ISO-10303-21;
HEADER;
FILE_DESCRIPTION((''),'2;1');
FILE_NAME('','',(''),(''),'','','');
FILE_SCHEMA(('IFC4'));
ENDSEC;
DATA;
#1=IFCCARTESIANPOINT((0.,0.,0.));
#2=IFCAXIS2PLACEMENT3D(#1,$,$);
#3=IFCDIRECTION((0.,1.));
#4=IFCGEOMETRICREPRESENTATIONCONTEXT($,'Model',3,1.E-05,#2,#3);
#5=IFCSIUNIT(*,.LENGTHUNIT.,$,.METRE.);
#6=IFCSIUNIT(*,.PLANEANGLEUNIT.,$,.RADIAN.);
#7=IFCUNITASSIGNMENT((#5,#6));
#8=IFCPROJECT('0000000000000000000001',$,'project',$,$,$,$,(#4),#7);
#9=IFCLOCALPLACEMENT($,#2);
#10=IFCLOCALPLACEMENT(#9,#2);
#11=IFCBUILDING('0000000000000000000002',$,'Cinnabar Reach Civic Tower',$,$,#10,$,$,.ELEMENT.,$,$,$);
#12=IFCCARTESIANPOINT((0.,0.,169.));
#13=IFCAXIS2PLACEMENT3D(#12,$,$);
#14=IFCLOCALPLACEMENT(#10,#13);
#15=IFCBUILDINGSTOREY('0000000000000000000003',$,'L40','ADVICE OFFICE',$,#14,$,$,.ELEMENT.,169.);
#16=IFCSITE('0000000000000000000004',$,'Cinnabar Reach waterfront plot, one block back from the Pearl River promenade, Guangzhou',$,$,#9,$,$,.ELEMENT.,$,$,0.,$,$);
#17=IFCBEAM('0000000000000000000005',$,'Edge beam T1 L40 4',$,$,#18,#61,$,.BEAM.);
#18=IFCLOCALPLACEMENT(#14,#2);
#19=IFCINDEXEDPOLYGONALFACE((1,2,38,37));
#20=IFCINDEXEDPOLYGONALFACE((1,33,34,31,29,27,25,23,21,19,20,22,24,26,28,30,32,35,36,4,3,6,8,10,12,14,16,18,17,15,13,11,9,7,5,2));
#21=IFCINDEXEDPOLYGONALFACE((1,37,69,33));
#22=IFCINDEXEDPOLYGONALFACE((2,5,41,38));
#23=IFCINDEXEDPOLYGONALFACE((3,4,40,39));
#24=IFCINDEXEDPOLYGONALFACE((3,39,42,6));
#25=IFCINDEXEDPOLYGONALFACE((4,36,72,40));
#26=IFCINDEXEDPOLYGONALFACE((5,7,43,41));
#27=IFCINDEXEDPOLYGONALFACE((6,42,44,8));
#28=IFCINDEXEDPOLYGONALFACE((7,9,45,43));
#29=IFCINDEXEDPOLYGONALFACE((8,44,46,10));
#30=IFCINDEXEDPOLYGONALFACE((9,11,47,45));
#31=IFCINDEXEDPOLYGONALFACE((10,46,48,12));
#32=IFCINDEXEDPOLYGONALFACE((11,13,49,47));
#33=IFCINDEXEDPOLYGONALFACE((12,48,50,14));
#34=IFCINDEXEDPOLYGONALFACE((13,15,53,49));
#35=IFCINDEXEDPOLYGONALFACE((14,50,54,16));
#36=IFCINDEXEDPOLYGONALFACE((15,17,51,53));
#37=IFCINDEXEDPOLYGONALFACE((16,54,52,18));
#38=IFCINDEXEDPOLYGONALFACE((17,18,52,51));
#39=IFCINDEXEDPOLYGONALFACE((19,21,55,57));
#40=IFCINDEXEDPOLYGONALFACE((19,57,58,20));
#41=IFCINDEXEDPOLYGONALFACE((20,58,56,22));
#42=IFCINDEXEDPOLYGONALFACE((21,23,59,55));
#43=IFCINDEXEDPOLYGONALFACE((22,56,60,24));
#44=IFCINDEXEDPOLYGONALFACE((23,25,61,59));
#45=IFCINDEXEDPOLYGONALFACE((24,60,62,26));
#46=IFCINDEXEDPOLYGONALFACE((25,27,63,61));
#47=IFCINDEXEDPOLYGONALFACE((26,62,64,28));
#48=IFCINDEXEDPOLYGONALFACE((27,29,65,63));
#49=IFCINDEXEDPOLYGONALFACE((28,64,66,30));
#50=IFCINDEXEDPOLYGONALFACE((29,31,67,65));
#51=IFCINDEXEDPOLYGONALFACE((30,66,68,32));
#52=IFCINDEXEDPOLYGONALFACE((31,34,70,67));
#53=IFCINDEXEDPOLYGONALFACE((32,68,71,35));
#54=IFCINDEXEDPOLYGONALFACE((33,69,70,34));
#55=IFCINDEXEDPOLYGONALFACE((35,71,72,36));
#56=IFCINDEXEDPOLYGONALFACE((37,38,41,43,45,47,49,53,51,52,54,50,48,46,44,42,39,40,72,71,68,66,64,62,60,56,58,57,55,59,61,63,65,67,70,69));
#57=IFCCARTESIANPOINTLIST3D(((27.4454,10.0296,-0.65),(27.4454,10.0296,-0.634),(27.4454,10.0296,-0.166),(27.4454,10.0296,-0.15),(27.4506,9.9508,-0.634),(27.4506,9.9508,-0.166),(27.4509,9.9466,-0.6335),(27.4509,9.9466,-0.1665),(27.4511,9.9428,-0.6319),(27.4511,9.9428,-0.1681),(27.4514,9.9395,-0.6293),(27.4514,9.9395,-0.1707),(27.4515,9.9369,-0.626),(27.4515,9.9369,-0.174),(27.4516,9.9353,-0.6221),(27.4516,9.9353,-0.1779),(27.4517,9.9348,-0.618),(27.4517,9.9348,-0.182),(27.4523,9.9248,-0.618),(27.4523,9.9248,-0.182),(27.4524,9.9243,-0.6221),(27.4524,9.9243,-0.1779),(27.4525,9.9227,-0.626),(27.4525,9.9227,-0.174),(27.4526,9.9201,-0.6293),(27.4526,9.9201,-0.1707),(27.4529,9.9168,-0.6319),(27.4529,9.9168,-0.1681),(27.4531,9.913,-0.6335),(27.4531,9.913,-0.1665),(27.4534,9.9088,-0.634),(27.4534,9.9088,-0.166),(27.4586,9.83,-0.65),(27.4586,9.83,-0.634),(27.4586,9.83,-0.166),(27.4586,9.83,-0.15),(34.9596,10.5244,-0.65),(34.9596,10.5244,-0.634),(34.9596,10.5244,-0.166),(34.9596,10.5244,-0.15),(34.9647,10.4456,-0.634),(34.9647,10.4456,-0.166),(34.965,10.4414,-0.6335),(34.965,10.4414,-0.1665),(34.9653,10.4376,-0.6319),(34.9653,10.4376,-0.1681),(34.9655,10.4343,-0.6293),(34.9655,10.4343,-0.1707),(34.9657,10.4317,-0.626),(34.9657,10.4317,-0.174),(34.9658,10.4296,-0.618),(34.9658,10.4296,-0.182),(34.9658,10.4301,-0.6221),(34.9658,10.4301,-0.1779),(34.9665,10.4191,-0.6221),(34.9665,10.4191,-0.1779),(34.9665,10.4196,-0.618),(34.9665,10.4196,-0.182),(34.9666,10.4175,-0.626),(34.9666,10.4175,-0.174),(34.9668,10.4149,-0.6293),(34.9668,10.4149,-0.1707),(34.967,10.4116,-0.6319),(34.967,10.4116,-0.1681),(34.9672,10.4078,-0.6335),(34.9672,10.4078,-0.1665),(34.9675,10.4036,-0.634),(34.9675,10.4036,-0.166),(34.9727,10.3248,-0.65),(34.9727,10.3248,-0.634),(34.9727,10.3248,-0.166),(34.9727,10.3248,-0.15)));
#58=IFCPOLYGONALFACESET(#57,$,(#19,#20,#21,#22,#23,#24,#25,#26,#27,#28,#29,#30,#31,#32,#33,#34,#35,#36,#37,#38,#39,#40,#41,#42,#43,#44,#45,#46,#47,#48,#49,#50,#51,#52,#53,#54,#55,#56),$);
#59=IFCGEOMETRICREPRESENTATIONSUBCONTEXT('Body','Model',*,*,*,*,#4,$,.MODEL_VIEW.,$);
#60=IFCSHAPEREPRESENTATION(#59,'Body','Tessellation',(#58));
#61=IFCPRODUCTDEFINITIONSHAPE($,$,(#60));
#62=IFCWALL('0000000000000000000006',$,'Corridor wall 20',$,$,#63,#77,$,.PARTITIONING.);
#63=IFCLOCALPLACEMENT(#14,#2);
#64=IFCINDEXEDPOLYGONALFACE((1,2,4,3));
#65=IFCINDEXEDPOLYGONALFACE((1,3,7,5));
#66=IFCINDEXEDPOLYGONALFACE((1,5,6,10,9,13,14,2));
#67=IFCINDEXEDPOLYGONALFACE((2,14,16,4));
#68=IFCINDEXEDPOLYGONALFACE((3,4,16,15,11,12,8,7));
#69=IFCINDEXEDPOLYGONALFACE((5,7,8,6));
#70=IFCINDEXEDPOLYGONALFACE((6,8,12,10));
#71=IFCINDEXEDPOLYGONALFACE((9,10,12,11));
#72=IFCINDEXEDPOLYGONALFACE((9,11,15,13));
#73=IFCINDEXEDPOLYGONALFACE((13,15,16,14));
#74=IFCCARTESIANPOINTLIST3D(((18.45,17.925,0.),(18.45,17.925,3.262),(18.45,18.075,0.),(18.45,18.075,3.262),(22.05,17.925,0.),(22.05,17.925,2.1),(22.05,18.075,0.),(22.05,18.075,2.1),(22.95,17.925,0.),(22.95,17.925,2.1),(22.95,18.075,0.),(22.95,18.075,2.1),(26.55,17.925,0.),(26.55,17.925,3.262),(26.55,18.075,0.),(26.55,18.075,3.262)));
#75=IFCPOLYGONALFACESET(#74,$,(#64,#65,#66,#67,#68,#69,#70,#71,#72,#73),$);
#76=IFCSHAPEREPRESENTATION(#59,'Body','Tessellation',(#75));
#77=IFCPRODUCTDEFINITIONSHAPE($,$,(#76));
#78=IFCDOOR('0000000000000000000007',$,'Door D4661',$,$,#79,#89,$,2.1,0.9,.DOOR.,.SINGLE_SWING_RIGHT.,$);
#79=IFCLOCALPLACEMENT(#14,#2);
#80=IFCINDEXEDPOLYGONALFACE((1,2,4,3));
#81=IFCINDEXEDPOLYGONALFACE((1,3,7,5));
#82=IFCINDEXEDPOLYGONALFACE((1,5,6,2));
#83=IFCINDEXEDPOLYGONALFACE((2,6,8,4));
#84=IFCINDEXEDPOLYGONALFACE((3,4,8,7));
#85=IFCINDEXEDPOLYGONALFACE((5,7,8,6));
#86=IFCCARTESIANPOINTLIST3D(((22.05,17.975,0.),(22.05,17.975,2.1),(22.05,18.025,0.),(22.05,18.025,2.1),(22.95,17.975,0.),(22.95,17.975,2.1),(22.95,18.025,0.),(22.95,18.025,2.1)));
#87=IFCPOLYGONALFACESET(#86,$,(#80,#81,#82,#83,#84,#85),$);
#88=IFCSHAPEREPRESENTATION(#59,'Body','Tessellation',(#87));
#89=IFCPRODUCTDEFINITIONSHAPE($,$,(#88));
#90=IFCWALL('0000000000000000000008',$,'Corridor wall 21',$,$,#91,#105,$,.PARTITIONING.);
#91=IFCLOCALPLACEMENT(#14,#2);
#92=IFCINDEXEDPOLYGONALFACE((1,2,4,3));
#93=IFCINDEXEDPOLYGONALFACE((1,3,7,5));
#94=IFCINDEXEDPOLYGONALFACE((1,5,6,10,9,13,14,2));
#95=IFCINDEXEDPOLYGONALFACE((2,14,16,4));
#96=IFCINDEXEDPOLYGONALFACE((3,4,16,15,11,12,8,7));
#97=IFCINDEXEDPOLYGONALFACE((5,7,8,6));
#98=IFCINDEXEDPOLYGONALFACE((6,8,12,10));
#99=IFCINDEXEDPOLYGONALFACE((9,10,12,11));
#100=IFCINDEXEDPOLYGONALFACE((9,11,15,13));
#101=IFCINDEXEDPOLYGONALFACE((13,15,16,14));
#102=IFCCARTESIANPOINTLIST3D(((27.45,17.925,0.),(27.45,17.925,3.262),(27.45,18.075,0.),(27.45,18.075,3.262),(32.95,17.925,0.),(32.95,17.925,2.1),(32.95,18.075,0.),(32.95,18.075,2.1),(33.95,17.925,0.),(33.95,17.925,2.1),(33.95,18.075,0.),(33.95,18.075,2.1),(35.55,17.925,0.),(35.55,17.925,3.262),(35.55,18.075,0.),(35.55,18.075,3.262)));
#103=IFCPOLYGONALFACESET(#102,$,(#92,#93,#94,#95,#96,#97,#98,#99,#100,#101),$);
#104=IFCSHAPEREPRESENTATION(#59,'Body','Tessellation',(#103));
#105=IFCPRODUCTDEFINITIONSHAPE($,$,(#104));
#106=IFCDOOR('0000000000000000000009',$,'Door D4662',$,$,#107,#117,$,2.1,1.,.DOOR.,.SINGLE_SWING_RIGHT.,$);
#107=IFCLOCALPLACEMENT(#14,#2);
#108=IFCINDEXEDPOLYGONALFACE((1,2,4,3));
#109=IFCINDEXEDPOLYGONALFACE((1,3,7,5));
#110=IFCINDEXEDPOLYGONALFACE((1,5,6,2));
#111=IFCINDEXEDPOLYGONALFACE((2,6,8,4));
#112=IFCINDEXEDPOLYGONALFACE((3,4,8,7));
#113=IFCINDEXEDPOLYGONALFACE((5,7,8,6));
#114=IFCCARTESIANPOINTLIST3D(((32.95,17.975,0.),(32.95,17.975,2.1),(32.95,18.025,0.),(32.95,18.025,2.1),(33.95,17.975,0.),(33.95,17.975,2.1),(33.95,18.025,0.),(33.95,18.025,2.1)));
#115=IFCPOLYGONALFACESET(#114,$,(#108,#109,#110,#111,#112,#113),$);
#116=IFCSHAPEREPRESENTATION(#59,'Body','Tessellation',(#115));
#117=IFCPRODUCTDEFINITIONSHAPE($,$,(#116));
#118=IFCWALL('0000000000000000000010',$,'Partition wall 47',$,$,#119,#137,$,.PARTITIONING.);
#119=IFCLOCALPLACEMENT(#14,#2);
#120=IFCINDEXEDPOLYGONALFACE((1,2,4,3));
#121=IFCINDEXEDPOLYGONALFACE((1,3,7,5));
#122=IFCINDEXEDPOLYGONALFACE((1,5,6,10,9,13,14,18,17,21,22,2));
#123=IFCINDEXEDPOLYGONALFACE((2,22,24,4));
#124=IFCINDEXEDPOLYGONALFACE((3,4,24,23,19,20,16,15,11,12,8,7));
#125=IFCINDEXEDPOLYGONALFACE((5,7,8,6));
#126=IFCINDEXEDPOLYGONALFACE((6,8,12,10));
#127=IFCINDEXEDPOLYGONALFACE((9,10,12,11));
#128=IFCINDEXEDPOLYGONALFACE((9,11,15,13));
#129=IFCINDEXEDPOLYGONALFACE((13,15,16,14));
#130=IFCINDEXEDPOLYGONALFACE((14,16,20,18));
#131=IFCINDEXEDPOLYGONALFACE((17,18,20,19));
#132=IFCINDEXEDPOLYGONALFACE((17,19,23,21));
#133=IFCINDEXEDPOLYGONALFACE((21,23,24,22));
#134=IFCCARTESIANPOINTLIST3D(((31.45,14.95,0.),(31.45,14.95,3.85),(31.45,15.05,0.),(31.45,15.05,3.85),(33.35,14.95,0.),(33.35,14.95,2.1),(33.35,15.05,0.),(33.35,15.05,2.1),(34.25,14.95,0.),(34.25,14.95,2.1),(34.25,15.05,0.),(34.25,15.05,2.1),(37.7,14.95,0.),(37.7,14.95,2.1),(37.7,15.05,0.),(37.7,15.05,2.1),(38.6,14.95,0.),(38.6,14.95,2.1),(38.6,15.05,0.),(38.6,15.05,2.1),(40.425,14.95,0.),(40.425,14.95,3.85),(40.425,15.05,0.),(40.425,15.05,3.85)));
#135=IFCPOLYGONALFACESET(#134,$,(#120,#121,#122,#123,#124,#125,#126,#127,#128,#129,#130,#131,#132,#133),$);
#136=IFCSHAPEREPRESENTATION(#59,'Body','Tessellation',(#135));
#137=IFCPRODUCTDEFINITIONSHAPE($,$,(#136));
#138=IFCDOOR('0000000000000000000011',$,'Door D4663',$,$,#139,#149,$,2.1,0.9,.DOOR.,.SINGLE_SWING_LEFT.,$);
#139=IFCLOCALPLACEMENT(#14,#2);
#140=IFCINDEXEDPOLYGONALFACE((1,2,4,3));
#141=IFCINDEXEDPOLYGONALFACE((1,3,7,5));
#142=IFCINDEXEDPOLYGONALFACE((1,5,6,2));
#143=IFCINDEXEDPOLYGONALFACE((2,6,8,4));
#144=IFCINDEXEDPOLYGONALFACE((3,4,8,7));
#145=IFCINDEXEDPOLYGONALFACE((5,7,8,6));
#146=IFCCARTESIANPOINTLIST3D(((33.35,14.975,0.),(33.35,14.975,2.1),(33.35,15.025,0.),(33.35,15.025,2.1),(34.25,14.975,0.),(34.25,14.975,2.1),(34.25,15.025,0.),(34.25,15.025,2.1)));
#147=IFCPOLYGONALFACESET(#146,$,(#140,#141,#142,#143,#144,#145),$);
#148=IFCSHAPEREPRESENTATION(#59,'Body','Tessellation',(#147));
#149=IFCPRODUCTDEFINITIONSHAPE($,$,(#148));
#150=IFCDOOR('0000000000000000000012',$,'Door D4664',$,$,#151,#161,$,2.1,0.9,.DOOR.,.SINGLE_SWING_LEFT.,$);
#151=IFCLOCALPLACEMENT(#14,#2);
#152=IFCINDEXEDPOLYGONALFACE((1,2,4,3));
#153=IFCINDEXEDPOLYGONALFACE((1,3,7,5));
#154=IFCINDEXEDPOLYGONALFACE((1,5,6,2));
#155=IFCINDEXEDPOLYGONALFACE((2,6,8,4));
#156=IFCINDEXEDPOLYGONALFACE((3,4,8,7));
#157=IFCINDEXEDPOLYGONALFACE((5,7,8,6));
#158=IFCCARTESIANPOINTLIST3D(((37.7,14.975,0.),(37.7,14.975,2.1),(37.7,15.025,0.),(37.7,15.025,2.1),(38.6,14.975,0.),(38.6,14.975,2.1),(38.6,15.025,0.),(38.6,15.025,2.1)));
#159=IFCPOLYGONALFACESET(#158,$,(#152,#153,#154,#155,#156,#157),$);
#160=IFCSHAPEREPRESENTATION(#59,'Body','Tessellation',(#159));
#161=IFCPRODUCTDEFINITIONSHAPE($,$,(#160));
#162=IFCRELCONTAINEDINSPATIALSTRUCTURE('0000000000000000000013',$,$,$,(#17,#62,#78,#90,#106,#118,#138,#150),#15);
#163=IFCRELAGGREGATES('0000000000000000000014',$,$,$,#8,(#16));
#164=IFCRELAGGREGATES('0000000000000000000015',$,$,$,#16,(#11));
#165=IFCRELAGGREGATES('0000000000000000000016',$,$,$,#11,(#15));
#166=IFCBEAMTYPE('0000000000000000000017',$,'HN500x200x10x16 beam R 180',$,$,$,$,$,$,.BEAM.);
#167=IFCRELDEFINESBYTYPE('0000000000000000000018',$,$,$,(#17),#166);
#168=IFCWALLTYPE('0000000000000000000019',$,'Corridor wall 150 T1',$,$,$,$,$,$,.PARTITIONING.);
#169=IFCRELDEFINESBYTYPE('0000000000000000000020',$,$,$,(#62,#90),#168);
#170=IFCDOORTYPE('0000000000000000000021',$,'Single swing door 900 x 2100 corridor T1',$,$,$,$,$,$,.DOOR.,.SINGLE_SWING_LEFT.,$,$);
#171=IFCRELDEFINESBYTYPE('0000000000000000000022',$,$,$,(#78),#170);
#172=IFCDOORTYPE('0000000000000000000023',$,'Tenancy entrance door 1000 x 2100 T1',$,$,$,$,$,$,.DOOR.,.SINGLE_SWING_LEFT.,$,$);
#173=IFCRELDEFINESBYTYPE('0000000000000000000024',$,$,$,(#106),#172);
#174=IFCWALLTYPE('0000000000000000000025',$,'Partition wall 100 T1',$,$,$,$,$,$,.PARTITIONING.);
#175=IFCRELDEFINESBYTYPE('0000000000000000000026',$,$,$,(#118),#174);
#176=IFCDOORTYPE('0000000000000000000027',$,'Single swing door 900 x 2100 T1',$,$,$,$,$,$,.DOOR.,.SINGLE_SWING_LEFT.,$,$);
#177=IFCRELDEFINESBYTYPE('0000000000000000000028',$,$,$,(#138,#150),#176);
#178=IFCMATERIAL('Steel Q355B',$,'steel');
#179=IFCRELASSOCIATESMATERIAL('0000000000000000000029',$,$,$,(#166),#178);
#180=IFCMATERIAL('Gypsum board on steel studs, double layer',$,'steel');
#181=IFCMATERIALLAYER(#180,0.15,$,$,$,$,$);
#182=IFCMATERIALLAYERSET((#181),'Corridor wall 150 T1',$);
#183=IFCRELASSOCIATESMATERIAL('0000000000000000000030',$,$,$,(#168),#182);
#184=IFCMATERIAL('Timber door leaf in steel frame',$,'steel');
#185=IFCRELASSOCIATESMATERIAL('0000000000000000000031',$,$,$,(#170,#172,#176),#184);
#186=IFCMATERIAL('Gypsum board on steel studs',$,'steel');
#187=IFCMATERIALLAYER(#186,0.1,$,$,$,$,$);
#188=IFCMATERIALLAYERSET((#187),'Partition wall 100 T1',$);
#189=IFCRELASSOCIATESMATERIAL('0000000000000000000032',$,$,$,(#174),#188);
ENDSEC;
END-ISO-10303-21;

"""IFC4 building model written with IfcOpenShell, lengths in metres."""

from ifc_helpers import new_model, si_unit, direction, frame, frame_2d, origin, origin_2d, place, context, subcontext, project, spatial, rectangle, i_section, extrude, material, layer, layer_set, material_profile, profile_set, type_object, element, fill, save


model = new_model("IFC4")

# Units and contexts
model_context = context("Model", 3, precision=1e-05, world=origin(), true_north=direction((0.0, 1.0)))
body_context = subcontext(model_context, "Body", "Model", "MODEL_VIEW")
ifc_project = project(units=[si_unit("LENGTHUNIT", "METRE"), si_unit("PLANEANGLEUNIT", "RADIAN")], contexts=[model_context])

# Site, building, storey
site_placement = place(None, origin())
site = spatial("IfcSite", under=ifc_project, at=site_placement, Name="Cinnabar Reach waterfront plot, one block back from the Pearl River promenade, Guangzhou", CompositionType="ELEMENT", RefElevation=0.0)
building_placement = place(site_placement, origin())
building = spatial("IfcBuilding", under=site, at=building_placement, Name="Cinnabar Reach Civic Tower", CompositionType="ELEMENT")
storey_placement = place(building_placement, frame((0.0, 0.0, 169.0)))
storey = spatial("IfcBuildingStorey", under=building, at=storey_placement, Name="L40", Description="ADVICE OFFICE", CompositionType="ELEMENT", Elevation=169.0)

# Beam
ifc_material_1 = material(Name="Steel Q355B", Category="steel")
ifc_material_profile_1 = material_profile(ifc_material_1, i_section(OverallWidth=0.2, OverallDepth=0.5, WebThickness=0.01, FlangeThickness=0.016, FilletRadius=0.016, at=origin_2d()), Name="HN500x200x10x16")
ifc_profile_set_1 = profile_set([ifc_material_profile_1], Name="Steel Q355B")
beam_type_1 = type_object("IfcBeamType", Name="HN500x200x10x16 beam R 180", PredefinedType="BEAM", material=ifc_profile_set_1)
beam_1_placement = place(storey_placement, frame((27.452, 9.9298, -0.4), z_axis=(0.997839, 0.065707, 0.0), x_axis=(-0.065707, 0.997839, 0.0)))
element("IfcBeam", 1, at=beam_1_placement, inside=storey, type_object=beam_type_1, Name="Edge beam T1 L40 4", PredefinedType="BEAM", context=body_context, shape_type="SweptSolid", body=[
    extrude(i_section(OverallWidth=0.2, OverallDepth=0.5, WebThickness=0.01, FlangeThickness=0.016, FilletRadius=0.016, at=origin_2d()), origin(), (0.0, 0.0, 1.0), 7.5304),
])

# Walls, openings, doors
ifc_material_2 = material(Name="Gypsum board on steel studs, double layer", Category="steel")
ifc_layer_1 = layer(ifc_material_2, 0.15)
ifc_layer_set_1 = layer_set([ifc_layer_1], Name="Corridor wall 150 T1")
wall_type_1 = type_object("IfcWallType", Name="Corridor wall 150 T1", PredefinedType="PARTITIONING", material=ifc_layer_set_1)
wall_1_placement = place(storey_placement, frame((18.45, 18.0, 0.0), z_axis=(0.0, 0.0, 1.0), x_axis=(1.0, 0.0, 0.0)))
wall_1 = element("IfcWall", 2, at=wall_1_placement, inside=storey, type_object=wall_type_1, Name="Corridor wall 20", PredefinedType="PARTITIONING", context=body_context, shape_type="SweptSolid", body=[
    extrude(rectangle(XDim=8.1, YDim=0.15, at=frame_2d((4.05, 0.0))), origin(), (0.0, 0.0, 1.0), 3.262),
])
opening_1_placement = place(wall_1_placement, frame((3.6, 0.0, 0.0)))
opening_1 = element("IfcOpeningElement", 3, at=opening_1_placement, cuts=wall_1, PredefinedType="OPENING", context=body_context, shape_type="SweptSolid", body=[
    extrude(rectangle(XDim=0.9, YDim=2.1, at=frame_2d((0.45, 1.05))), frame((0.0, 0.085, 0.0), z_axis=(0.0, -1.0, 0.0), x_axis=(1.0, 0.0, 0.0)), (0.0, 0.0, 1.0), 0.17),
])
ifc_material_3 = material(Name="Timber door leaf in steel frame", Category="steel")
door_type_1 = type_object("IfcDoorType", Name="Single swing door 900 x 2100 corridor T1", OperationType="SINGLE_SWING_LEFT", PredefinedType="DOOR", material=ifc_material_3)
door_1_placement = place(opening_1_placement, frame((0.9, 0.0, 0.0), z_axis=(0.0, 0.0, 1.0), x_axis=(-1.0, 0.0, 0.0)))
door_1 = element("IfcDoor", 4, at=door_1_placement, inside=storey, type_object=door_type_1, Name="Door D4661", OperationType="SINGLE_SWING_RIGHT", OverallHeight=2.1, OverallWidth=0.9, PredefinedType="DOOR", context=body_context, shape_type="SweptSolid", body=[
    extrude(rectangle(XDim=0.9, YDim=2.1, at=frame_2d((0.45, 1.05))), frame((0.0, 0.025, 0.0), z_axis=(0.0, -1.0, 0.0), x_axis=(1.0, 0.0, 0.0)), (0.0, 0.0, 1.0), 0.05),
])
fill(opening_1, door_1)
wall_2_placement = place(storey_placement, frame((27.45, 18.0, 0.0), z_axis=(0.0, 0.0, 1.0), x_axis=(1.0, 0.0, 0.0)))
wall_2 = element("IfcWall", 5, at=wall_2_placement, inside=storey, type_object=wall_type_1, Name="Corridor wall 21", PredefinedType="PARTITIONING", context=body_context, shape_type="SweptSolid", body=[
    extrude(rectangle(XDim=8.1, YDim=0.15, at=frame_2d((4.05, 0.0))), origin(), (0.0, 0.0, 1.0), 3.262),
])
opening_2_placement = place(wall_2_placement, frame((5.5, 0.0, 0.0)))
opening_2 = element("IfcOpeningElement", 6, at=opening_2_placement, cuts=wall_2, PredefinedType="OPENING", context=body_context, shape_type="SweptSolid", body=[
    extrude(rectangle(XDim=1.0, YDim=2.1, at=frame_2d((0.5, 1.05))), frame((0.0, 0.085, 0.0), z_axis=(0.0, -1.0, 0.0), x_axis=(1.0, 0.0, 0.0)), (0.0, 0.0, 1.0), 0.17),
])
door_type_2 = type_object("IfcDoorType", Name="Tenancy entrance door 1000 x 2100 T1", OperationType="SINGLE_SWING_LEFT", PredefinedType="DOOR", material=ifc_material_3)
door_2_placement = place(opening_2_placement, frame((1.0, 0.0, 0.0), z_axis=(0.0, 0.0, 1.0), x_axis=(-1.0, 0.0, 0.0)))
door_2 = element("IfcDoor", 7, at=door_2_placement, inside=storey, type_object=door_type_2, Name="Door D4662", OperationType="SINGLE_SWING_RIGHT", OverallHeight=2.1, OverallWidth=1.0, PredefinedType="DOOR", context=body_context, shape_type="SweptSolid", body=[
    extrude(rectangle(XDim=1.0, YDim=2.1, at=frame_2d((0.5, 1.05))), frame((0.0, 0.025, 0.0), z_axis=(0.0, -1.0, 0.0), x_axis=(1.0, 0.0, 0.0)), (0.0, 0.0, 1.0), 0.05),
])
fill(opening_2, door_2)

# Wall, openings, doors
ifc_material_4 = material(Name="Gypsum board on steel studs", Category="steel")
ifc_layer_2 = layer(ifc_material_4, 0.1)
ifc_layer_set_2 = layer_set([ifc_layer_2], Name="Partition wall 100 T1")
wall_type_2 = type_object("IfcWallType", Name="Partition wall 100 T1", PredefinedType="PARTITIONING", material=ifc_layer_set_2)
wall_3_placement = place(storey_placement, frame((31.45, 15.0, 0.0), z_axis=(0.0, 0.0, 1.0), x_axis=(1.0, 0.0, 0.0)))
wall_3 = element("IfcWall", 8, at=wall_3_placement, inside=storey, type_object=wall_type_2, Name="Partition wall 47", PredefinedType="PARTITIONING", context=body_context, shape_type="SweptSolid", body=[
    extrude(rectangle(XDim=8.975, YDim=0.1, at=frame_2d((4.4875, 0.0))), origin(), (0.0, 0.0, 1.0), 3.85),
])
opening_3_placement = place(wall_3_placement, frame((1.9, 0.0, 0.0)))
opening_3 = element("IfcOpeningElement", 9, at=opening_3_placement, cuts=wall_3, PredefinedType="OPENING", context=body_context, shape_type="SweptSolid", body=[
    extrude(rectangle(XDim=0.9, YDim=2.1, at=frame_2d((0.45, 1.05))), frame((0.0, 0.06, 0.0), z_axis=(0.0, -1.0, 0.0), x_axis=(1.0, 0.0, 0.0)), (0.0, 0.0, 1.0), 0.12),
])
opening_4_placement = place(wall_3_placement, frame((6.25, 0.0, 0.0)))
opening_4 = element("IfcOpeningElement", 10, at=opening_4_placement, cuts=wall_3, PredefinedType="OPENING", context=body_context, shape_type="SweptSolid", body=[
    extrude(rectangle(XDim=0.9, YDim=2.1, at=frame_2d((0.45, 1.05))), frame((0.0, 0.06, 0.0), z_axis=(0.0, -1.0, 0.0), x_axis=(1.0, 0.0, 0.0)), (0.0, 0.0, 1.0), 0.12),
])
door_type_3 = type_object("IfcDoorType", Name="Single swing door 900 x 2100 T1", OperationType="SINGLE_SWING_LEFT", PredefinedType="DOOR", material=ifc_material_3)
door_3_placement = place(opening_3_placement, frame((0.9, 0.0, 0.0), z_axis=(0.0, 0.0, 1.0), x_axis=(-1.0, 0.0, 0.0)))
door_3 = element("IfcDoor", 11, at=door_3_placement, inside=storey, type_object=door_type_3, Name="Door D4663", OperationType="SINGLE_SWING_LEFT", OverallHeight=2.1, OverallWidth=0.9, PredefinedType="DOOR", context=body_context, shape_type="SweptSolid", body=[
    extrude(rectangle(XDim=0.9, YDim=2.1, at=frame_2d((0.45, 1.05))), frame((0.0, 0.025, 0.0), z_axis=(0.0, -1.0, 0.0), x_axis=(1.0, 0.0, 0.0)), (0.0, 0.0, 1.0), 0.05),
])
fill(opening_3, door_3)
door_4_placement = place(opening_4_placement, frame((0.9, 0.0, 0.0), z_axis=(0.0, 0.0, 1.0), x_axis=(-1.0, 0.0, 0.0)))
door_4 = element("IfcDoor", 12, at=door_4_placement, inside=storey, type_object=door_type_3, Name="Door D4664", OperationType="SINGLE_SWING_LEFT", OverallHeight=2.1, OverallWidth=0.9, PredefinedType="DOOR", context=body_context, shape_type="SweptSolid", body=[
    extrude(rectangle(XDim=0.9, YDim=2.1, at=frame_2d((0.45, 1.05))), frame((0.0, 0.025, 0.0), z_axis=(0.0, -1.0, 0.0), x_axis=(1.0, 0.0, 0.0)), (0.0, 0.0, 1.0), 0.05),
])
fill(opening_4, door_4)

save(model, "model.ifc")
